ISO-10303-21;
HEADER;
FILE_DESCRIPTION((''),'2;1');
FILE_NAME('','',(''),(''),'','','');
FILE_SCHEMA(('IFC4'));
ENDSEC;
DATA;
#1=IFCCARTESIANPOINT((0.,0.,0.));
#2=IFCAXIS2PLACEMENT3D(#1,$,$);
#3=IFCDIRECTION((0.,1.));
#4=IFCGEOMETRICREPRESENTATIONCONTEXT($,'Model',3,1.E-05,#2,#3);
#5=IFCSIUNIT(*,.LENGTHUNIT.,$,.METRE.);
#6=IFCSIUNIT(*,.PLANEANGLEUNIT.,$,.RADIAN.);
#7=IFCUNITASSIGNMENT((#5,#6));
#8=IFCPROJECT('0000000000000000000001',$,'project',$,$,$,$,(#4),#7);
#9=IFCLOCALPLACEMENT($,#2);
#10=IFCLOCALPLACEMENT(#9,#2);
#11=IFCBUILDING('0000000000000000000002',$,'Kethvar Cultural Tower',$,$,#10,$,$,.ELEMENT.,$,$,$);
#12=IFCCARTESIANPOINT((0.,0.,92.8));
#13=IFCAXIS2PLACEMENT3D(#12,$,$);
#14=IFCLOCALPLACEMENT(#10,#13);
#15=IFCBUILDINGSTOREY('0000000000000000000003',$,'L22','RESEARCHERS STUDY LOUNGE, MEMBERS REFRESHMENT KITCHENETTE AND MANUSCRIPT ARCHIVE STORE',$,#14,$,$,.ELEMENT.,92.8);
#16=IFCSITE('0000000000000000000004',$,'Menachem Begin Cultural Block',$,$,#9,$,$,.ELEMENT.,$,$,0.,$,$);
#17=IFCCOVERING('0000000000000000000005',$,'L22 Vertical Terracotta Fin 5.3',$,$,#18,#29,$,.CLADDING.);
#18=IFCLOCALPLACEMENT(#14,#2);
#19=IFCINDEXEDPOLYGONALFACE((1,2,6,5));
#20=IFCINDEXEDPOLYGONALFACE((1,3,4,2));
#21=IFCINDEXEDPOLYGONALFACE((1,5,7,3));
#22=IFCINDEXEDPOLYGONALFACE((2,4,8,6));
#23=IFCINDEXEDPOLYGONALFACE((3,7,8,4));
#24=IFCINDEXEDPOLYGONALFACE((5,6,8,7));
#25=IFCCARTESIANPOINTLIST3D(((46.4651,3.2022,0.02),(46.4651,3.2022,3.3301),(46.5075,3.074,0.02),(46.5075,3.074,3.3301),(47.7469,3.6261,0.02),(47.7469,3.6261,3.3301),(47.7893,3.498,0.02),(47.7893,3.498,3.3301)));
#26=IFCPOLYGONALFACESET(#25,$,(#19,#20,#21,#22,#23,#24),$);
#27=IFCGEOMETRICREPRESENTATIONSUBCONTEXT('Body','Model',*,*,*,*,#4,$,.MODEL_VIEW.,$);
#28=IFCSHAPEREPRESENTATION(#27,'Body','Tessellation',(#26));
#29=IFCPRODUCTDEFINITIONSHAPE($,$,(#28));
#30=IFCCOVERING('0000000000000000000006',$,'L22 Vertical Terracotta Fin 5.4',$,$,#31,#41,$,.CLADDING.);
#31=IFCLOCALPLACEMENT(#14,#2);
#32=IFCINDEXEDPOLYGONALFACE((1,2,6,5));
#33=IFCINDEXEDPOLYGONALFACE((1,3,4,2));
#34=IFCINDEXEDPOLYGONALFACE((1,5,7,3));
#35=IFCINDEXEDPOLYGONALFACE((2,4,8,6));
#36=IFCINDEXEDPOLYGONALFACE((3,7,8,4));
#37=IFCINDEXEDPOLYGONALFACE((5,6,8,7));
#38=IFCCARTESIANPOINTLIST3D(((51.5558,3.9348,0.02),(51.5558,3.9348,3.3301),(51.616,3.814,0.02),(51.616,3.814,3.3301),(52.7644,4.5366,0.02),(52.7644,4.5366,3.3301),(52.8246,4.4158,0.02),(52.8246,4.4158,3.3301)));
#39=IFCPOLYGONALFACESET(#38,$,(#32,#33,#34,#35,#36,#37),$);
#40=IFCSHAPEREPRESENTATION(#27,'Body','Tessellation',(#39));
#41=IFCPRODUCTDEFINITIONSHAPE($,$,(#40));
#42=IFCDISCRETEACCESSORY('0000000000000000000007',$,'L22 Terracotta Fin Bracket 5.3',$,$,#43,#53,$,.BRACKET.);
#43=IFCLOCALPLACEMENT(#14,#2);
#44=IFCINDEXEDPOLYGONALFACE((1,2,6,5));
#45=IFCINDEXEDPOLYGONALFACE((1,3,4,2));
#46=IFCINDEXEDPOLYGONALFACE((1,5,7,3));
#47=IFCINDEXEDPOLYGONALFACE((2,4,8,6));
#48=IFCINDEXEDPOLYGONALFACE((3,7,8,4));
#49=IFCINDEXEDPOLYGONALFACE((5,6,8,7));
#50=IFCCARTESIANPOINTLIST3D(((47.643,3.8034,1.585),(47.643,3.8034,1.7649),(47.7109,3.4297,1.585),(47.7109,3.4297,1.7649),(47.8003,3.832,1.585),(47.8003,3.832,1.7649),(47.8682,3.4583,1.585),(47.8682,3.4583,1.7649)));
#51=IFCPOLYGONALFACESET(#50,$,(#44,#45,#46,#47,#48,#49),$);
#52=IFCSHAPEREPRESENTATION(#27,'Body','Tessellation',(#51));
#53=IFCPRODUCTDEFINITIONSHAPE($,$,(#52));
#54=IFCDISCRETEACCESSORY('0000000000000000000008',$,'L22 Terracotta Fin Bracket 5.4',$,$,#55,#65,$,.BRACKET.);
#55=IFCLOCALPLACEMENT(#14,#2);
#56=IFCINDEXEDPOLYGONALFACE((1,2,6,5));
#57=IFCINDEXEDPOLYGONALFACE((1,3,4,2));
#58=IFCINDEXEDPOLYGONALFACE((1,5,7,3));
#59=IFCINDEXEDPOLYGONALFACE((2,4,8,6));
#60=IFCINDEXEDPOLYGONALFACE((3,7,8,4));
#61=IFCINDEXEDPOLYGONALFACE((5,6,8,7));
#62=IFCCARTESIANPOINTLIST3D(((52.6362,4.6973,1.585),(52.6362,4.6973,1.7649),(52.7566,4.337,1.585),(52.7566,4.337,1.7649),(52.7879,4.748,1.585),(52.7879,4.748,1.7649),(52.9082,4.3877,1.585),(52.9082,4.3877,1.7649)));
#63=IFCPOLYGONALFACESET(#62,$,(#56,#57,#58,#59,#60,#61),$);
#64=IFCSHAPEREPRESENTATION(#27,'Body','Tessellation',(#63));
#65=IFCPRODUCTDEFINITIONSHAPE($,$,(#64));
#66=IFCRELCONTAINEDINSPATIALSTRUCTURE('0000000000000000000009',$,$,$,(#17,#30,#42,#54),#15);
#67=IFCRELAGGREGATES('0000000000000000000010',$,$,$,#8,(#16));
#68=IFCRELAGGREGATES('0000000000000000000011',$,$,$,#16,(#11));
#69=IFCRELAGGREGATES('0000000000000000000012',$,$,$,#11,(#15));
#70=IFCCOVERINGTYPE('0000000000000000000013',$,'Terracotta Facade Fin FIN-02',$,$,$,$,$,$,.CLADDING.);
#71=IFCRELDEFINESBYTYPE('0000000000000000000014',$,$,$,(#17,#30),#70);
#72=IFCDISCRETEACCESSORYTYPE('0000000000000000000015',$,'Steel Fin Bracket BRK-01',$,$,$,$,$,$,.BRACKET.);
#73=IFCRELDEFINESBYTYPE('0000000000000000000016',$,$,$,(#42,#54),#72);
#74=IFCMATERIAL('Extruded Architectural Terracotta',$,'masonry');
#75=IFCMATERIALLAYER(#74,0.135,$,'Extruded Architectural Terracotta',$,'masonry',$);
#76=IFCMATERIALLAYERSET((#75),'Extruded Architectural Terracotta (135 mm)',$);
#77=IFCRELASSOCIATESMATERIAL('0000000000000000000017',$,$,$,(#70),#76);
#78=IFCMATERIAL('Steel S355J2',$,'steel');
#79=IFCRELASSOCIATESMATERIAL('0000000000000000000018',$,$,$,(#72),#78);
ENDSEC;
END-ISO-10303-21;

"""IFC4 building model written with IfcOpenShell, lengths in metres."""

from ifc_helpers import new_model, si_unit, direction, frame, origin, origin_2d, place, context, subcontext, project, spatial, rectangle, extrude, source, transform, mapped, material, layer, layer_set, type_object, element, save


model = new_model("IFC4")

# Units and contexts
model_context = context("Model", 3, precision=1e-05, world=origin(), true_north=direction((0.0, 1.0)))
body_context = subcontext(model_context, "Body", "Model", "MODEL_VIEW")
ifc_project = project(units=[si_unit("LENGTHUNIT", "METRE"), si_unit("PLANEANGLEUNIT", "RADIAN")], contexts=[model_context])

# Site, building, storey
site_placement = place(None, origin())
site = spatial("IfcSite", under=ifc_project, at=site_placement, Name="Menachem Begin Cultural Block", CompositionType="ELEMENT", RefElevation=0.0)
building_placement = place(site_placement, origin())
building = spatial("IfcBuilding", under=site, at=building_placement, Name="Kethvar Cultural Tower", CompositionType="ELEMENT")
storey_placement = place(building_placement, frame((0.0, 0.0, 92.8)))
storey = spatial("IfcBuildingStorey", under=building, at=storey_placement, Name="L22", Description="RESEARCHERS STUDY LOUNGE, MEMBERS REFRESHMENT KITCHENETTE AND MANUSCRIPT ARCHIVE STORE", CompositionType="ELEMENT", Elevation=92.8)

# Shared definitions
ifc_material_1 = material(Name="Steel S355J2", Category="steel")

# Coverings
ifc_material_2 = material(Name="Extruded Architectural Terracotta", Category="masonry")
ifc_layer_1 = layer(ifc_material_2, 0.135, Name="Extruded Architectural Terracotta", Category="masonry")
ifc_layer_set_1 = layer_set([ifc_layer_1], Name="Extruded Architectural Terracotta (135 mm)")
covering_type = type_object("IfcCoveringType", Name="Terracotta Facade Fin FIN-02", PredefinedType="CLADDING", material=ifc_layer_set_1)
shared_shape_1 = source(origin(), body_context, "Body", "SweptSolid", [
    extrude(rectangle(XDim=1.3501, YDim=0.135, at=origin_2d()), origin(), (0.0, 0.0, 1.0), 3.3101),
])
for number, where, z_axis, x_axis, name in (
    (1, (47.1272, 3.3501, 0.02), (0.0, 0.0, 1.0), (-0.949425, -0.313992, 0.0), "L22 Vertical Terracotta Fin 5.3"),
    (2, (52.1902, 4.1753, 0.02), (0.0, 0.0, 1.0), (-0.895168, -0.445729, 0.0), "L22 Vertical Terracotta Fin 5.4"),
):
    element("IfcCovering", number, at=place(storey_placement, frame(where, z_axis=z_axis, x_axis=x_axis)), inside=storey, type_object=covering_type, Name=name, PredefinedType="CLADDING", context=body_context, shape_type="MappedRepresentation", body=[
        mapped(shared_shape_1, transform((0.0, 0.0, 0.0), scale=1.0)),
    ])

# Discrete accessories
discrete_accessory_type = type_object("IfcDiscreteAccessoryType", Name="Steel Fin Bracket BRK-01", PredefinedType="BRACKET", material=ifc_material_1)
shared_shape_2 = source(origin(), body_context, "Body", "SweptSolid", [
    extrude(rectangle(XDim=0.3799, YDim=0.1599, at=origin_2d()), origin(), (0.0, 0.0, 1.0), 0.1799),
])
for number, where, z_axis, x_axis, name in (
    (3, (47.7556, 3.6309, 1.585), (0.0, 0.0, 1.0), (0.178802, -0.983885, 0.0), "L22 Terracotta Fin Bracket 5.3"),
    (4, (52.7722, 4.5425, 1.585), (0.0, 0.0, 1.0), (0.316808, -0.94849, 0.0), "L22 Terracotta Fin Bracket 5.4"),
):
    element("IfcDiscreteAccessory", number, at=place(storey_placement, frame(where, z_axis=z_axis, x_axis=x_axis)), inside=storey, type_object=discrete_accessory_type, Name=name, PredefinedType="BRACKET", context=body_context, shape_type="MappedRepresentation", body=[
        mapped(shared_shape_2, transform((0.0, 0.0, 0.0), scale=1.0)),
    ])

save(model, "model.ifc")
